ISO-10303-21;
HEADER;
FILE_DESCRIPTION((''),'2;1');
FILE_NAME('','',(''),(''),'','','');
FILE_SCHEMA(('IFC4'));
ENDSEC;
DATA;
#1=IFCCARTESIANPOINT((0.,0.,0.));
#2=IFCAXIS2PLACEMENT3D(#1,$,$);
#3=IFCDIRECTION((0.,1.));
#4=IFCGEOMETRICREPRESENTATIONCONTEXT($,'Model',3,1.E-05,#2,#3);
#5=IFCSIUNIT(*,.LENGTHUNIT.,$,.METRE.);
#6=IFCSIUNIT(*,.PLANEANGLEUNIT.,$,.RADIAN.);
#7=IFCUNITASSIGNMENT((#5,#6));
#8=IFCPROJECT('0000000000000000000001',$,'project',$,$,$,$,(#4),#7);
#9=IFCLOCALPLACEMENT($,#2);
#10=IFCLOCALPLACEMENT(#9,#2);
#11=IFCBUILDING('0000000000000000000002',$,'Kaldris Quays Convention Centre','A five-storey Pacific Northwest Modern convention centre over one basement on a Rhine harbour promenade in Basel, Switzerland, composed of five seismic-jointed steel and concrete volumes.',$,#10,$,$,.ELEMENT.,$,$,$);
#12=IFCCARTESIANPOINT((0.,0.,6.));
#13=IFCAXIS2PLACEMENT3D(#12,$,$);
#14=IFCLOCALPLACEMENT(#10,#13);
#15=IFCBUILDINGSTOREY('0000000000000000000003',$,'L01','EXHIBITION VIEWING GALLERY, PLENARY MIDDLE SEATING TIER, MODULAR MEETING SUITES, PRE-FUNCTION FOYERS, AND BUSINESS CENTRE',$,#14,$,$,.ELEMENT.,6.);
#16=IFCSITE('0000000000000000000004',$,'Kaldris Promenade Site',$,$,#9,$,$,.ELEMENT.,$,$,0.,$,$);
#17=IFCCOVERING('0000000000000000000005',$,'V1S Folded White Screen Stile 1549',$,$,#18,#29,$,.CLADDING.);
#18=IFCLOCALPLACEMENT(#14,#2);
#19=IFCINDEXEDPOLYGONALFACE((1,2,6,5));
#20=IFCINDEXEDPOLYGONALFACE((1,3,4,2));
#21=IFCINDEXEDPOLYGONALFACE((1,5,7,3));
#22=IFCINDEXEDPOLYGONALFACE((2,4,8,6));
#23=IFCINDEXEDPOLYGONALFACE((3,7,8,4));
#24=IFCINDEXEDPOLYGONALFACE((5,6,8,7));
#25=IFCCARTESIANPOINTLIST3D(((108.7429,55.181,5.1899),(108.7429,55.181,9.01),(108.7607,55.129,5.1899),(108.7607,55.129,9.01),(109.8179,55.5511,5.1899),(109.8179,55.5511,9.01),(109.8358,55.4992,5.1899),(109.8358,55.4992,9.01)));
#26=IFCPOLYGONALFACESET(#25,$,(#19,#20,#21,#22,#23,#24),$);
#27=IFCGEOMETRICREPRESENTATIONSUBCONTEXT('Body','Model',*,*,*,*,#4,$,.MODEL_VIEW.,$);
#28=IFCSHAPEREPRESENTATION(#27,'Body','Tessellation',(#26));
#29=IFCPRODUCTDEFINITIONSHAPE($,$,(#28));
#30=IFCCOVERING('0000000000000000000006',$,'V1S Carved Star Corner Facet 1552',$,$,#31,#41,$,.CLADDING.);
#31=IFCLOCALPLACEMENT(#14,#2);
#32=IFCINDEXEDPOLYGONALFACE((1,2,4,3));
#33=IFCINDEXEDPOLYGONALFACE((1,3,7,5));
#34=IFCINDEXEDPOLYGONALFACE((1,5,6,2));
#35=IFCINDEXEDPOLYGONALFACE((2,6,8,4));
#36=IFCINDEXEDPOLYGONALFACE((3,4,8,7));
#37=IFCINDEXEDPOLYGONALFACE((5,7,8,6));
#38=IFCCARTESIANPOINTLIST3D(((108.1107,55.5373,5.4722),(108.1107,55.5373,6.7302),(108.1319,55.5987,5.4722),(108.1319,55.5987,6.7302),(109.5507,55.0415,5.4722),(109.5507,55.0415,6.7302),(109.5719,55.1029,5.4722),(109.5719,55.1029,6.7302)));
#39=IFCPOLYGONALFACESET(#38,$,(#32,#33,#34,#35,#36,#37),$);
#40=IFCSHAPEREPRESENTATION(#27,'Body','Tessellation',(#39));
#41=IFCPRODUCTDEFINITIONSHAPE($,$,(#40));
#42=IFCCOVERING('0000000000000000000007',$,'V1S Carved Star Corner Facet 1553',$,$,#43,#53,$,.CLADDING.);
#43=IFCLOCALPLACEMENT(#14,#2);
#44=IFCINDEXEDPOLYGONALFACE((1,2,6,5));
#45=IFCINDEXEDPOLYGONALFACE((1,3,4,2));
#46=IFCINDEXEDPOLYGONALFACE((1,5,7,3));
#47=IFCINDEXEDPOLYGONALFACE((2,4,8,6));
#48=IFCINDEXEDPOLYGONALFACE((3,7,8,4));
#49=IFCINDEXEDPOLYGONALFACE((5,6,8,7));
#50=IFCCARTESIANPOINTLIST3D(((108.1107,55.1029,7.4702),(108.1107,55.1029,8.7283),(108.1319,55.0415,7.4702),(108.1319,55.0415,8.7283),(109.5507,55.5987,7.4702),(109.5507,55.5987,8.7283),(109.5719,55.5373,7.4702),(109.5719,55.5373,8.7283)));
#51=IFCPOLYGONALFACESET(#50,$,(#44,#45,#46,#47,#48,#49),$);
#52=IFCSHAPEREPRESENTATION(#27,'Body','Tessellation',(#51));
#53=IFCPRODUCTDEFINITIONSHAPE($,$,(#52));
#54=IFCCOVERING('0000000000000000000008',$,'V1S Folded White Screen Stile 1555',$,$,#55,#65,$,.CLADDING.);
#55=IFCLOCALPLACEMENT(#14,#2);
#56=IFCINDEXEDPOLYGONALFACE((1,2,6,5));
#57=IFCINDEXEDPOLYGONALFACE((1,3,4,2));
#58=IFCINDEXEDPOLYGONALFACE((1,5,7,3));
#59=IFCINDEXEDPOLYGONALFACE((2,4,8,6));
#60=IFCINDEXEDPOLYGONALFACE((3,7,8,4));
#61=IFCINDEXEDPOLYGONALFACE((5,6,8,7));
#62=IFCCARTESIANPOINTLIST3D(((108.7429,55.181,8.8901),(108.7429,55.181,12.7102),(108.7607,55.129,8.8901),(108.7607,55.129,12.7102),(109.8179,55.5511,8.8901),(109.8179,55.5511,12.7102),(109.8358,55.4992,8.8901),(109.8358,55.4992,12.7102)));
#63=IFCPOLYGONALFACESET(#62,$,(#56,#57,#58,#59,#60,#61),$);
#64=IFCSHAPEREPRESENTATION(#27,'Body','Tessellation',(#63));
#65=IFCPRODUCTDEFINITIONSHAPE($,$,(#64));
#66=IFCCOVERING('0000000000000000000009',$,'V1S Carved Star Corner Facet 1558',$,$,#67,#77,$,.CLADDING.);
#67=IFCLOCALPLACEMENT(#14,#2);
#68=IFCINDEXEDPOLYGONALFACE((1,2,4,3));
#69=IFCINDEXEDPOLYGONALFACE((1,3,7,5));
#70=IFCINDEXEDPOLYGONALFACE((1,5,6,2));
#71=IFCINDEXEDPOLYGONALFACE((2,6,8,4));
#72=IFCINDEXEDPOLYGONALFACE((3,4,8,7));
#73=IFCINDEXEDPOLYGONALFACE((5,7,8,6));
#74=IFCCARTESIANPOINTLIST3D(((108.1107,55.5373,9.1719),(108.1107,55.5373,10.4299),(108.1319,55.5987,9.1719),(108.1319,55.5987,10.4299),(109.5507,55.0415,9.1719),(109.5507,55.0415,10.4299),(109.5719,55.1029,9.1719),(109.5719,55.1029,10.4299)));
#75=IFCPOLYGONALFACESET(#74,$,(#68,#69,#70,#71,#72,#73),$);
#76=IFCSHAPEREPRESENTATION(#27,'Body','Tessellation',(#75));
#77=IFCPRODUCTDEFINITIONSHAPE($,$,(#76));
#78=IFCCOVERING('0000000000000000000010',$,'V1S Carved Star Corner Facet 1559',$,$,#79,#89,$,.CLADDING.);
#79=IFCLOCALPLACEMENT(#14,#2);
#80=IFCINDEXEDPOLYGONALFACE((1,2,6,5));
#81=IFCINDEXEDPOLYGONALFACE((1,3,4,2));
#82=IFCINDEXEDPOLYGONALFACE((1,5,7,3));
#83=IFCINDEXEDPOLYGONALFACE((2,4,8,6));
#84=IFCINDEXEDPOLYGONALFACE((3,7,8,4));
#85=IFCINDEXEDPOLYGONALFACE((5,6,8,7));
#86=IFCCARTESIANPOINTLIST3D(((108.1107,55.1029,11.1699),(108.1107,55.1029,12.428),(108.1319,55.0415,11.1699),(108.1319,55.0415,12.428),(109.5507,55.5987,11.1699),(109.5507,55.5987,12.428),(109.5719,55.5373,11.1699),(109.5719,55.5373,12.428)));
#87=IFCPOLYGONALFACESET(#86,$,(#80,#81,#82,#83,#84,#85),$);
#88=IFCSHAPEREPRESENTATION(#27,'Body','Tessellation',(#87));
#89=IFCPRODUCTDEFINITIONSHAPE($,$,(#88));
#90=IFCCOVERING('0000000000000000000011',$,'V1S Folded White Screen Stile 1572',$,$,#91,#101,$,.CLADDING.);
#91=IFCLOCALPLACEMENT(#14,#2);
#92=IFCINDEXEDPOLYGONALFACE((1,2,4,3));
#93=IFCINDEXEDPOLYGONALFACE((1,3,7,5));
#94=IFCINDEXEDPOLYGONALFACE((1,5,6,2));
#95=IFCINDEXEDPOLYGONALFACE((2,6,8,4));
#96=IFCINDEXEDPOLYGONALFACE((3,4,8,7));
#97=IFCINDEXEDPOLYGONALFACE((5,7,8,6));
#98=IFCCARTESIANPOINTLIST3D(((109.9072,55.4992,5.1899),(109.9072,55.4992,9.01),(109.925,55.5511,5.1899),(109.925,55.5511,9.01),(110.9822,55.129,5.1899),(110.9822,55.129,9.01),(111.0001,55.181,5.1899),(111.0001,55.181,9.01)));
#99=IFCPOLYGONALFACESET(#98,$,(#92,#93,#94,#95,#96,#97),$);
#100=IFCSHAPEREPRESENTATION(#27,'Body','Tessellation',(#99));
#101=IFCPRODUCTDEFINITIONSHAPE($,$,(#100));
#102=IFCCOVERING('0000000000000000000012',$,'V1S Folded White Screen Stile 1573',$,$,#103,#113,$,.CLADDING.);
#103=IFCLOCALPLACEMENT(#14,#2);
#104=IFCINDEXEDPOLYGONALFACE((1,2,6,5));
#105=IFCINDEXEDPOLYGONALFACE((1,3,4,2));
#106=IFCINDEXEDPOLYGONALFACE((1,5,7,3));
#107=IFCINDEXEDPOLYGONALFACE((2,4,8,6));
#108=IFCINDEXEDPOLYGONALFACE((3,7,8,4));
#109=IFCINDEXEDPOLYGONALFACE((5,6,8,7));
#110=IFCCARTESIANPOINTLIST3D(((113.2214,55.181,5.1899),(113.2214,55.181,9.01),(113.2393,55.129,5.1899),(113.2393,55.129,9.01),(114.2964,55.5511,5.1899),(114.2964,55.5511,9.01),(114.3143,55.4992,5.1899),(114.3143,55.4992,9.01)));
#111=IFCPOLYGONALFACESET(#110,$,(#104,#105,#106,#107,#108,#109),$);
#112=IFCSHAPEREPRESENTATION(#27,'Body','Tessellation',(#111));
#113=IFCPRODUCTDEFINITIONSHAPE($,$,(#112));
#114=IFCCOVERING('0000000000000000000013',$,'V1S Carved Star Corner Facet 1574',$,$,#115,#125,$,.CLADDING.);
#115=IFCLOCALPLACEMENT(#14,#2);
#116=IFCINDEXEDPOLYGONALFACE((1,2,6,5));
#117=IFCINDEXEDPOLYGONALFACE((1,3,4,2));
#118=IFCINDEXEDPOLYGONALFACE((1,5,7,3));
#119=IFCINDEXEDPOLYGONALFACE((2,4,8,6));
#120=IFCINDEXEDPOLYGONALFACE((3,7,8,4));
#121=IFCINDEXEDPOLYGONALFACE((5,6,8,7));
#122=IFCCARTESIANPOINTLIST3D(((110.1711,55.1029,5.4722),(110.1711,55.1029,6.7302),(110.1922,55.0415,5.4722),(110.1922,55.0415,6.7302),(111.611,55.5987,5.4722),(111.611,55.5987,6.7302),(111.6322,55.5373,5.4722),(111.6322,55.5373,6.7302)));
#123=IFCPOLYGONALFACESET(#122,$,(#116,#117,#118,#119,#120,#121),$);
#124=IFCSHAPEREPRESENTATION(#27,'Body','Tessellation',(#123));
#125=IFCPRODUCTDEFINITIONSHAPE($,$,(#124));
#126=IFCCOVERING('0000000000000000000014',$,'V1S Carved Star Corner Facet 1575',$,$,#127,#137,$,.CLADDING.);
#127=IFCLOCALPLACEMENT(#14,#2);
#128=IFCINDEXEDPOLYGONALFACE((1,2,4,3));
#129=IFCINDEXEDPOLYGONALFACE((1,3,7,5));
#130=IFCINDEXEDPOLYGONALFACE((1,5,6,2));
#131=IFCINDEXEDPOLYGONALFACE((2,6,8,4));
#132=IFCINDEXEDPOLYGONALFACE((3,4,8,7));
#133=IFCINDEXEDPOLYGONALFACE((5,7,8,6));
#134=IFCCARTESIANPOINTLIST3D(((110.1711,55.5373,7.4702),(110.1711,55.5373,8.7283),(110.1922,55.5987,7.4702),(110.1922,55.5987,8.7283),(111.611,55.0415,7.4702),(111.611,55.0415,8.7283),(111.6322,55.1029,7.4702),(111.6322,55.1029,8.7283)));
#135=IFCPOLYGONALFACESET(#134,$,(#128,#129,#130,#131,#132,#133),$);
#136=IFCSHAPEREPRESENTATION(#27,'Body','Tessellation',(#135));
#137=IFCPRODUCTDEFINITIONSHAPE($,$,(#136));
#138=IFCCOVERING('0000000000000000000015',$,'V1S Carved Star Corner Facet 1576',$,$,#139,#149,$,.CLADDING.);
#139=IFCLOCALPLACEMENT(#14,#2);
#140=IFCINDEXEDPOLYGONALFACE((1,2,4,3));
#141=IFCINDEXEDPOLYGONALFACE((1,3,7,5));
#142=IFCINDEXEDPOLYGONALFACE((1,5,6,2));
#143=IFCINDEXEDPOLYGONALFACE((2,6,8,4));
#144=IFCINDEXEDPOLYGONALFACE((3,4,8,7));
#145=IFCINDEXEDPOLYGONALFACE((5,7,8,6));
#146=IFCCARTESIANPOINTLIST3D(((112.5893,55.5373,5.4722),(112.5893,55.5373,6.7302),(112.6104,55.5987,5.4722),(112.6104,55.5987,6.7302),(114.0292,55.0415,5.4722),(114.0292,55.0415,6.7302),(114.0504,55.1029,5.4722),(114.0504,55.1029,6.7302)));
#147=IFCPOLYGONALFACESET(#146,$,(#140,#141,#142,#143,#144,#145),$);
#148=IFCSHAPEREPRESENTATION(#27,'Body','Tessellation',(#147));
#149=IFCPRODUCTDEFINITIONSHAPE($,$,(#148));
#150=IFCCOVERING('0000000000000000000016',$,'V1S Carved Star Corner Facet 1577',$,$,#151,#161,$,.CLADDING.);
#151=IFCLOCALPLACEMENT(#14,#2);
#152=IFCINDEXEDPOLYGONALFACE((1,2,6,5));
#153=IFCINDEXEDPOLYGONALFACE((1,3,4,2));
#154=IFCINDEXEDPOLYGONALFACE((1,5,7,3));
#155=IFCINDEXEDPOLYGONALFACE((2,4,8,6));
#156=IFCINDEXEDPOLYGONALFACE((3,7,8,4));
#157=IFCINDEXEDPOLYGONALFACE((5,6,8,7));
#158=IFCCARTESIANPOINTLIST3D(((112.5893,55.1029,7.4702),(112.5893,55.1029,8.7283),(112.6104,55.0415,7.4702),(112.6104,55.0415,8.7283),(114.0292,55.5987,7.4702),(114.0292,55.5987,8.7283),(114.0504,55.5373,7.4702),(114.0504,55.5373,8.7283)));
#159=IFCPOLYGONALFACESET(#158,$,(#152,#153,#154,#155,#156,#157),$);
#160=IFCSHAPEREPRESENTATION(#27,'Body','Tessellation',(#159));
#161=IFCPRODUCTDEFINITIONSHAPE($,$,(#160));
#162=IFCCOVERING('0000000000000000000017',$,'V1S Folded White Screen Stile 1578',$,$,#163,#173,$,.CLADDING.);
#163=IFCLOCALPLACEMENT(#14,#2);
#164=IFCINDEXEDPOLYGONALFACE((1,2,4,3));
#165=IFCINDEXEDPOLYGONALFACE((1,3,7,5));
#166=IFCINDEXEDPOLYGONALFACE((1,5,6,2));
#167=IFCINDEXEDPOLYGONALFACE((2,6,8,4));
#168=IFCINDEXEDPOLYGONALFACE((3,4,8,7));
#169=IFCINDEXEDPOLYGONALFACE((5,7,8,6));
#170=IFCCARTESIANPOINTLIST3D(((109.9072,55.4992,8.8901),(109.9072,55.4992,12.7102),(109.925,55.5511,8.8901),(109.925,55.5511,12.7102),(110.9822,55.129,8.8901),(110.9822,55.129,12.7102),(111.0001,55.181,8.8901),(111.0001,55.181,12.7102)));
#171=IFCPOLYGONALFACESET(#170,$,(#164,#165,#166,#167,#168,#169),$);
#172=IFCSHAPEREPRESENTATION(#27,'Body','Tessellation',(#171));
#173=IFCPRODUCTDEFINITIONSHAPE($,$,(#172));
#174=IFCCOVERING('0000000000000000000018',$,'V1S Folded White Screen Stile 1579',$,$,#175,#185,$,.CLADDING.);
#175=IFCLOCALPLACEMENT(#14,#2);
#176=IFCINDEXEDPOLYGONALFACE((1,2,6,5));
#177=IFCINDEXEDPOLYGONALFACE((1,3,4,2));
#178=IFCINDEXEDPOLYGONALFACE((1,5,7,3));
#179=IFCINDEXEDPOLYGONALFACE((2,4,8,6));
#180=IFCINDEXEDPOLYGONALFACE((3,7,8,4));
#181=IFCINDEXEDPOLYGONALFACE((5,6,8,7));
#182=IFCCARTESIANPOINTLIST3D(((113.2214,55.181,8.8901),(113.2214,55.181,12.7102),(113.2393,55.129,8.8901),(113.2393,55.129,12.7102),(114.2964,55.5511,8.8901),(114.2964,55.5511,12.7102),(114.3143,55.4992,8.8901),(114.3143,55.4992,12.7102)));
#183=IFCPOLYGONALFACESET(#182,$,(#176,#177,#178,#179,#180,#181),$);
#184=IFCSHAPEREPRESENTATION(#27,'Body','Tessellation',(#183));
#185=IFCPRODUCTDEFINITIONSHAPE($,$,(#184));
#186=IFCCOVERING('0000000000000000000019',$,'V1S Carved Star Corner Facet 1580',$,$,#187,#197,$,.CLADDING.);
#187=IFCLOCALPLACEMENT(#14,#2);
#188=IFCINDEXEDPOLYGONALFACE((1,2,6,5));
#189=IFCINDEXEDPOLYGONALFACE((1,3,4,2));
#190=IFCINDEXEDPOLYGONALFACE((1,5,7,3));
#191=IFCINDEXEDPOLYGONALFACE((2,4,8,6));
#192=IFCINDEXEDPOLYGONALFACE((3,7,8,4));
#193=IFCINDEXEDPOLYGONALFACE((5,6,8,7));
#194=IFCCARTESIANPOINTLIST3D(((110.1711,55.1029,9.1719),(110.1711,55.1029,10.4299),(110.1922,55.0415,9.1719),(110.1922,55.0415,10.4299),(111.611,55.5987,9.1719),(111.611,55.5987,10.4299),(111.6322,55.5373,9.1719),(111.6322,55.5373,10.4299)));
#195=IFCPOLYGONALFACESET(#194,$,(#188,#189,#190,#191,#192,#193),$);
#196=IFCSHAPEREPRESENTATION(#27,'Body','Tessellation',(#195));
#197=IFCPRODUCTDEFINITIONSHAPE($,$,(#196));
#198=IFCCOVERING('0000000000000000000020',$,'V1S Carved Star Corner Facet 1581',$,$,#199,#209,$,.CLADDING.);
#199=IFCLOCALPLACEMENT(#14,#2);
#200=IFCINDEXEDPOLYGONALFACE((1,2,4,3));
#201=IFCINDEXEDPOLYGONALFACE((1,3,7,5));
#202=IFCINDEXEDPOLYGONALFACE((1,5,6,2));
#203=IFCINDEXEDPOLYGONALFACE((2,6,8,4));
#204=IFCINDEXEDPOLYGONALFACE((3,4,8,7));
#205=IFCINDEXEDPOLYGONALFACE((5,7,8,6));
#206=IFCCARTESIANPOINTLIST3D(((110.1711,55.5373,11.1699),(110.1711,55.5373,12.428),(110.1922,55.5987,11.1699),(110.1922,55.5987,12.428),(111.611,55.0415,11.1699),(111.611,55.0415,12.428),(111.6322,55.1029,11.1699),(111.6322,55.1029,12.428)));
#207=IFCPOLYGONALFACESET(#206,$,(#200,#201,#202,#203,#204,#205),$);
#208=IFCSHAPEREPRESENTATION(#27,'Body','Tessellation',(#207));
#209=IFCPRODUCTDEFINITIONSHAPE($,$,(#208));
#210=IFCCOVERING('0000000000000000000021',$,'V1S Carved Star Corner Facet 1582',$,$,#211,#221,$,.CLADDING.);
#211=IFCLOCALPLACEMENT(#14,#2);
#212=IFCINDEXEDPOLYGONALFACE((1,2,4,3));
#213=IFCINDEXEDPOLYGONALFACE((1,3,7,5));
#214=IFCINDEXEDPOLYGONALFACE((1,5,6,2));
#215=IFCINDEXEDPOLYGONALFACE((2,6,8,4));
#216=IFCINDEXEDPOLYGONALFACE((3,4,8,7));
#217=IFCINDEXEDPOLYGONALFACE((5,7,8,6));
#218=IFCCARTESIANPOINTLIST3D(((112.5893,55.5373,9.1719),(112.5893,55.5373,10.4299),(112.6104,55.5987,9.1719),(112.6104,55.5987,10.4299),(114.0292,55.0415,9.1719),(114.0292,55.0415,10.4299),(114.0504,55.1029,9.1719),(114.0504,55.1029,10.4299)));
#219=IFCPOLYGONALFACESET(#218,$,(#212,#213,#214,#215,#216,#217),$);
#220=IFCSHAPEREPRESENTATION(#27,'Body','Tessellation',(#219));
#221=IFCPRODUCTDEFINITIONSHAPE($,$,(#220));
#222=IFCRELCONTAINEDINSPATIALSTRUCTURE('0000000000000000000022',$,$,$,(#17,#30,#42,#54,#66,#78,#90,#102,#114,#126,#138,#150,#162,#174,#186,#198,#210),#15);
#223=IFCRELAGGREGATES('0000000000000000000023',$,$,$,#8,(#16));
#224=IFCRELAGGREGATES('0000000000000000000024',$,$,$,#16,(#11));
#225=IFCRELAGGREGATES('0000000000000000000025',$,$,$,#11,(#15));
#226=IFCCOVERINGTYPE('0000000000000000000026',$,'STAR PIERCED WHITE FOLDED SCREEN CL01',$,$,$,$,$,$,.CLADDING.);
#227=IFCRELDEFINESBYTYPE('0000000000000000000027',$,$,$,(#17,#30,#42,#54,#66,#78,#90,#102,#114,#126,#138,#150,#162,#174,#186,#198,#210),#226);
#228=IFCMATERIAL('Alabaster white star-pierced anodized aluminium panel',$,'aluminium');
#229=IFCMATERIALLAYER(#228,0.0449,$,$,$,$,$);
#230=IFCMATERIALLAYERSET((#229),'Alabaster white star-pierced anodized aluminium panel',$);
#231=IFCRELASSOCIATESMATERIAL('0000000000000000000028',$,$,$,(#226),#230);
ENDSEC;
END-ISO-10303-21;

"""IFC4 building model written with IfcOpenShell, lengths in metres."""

from ifc_helpers import new_model, si_unit, direction, frame, origin, origin_2d, place, context, subcontext, project, spatial, rectangle, extrude, material, layer, layer_set, type_object, element, save


model = new_model("IFC4")

# Units and contexts
model_context = context("Model", 3, precision=1e-05, world=origin(), true_north=direction((0.0, 1.0)))
body_context = subcontext(model_context, "Body", "Model", "MODEL_VIEW")
ifc_project = project(units=[si_unit("LENGTHUNIT", "METRE"), si_unit("PLANEANGLEUNIT", "RADIAN")], contexts=[model_context])

# Site, building, storey
site_placement = place(None, origin())
site = spatial("IfcSite", under=ifc_project, at=site_placement, Name="Kaldris Promenade Site", CompositionType="ELEMENT", RefElevation=0.0)
building_placement = place(site_placement, origin())
building = spatial("IfcBuilding", under=site, at=building_placement, Name="Kaldris Quays Convention Centre", Description="A five-storey Pacific Northwest Modern convention centre over one basement on a Rhine harbour promenade in Basel, Switzerland, composed of five seismic-jointed steel and concrete volumes.", CompositionType="ELEMENT")
storey_placement = place(building_placement, frame((0.0, 0.0, 6.0)))
storey = spatial("IfcBuildingStorey", under=building, at=storey_placement, Name="L01", Description="EXHIBITION VIEWING GALLERY, PLENARY MIDDLE SEATING TIER, MODULAR MEETING SUITES, PRE-FUNCTION FOYERS, AND BUSINESS CENTRE", CompositionType="ELEMENT", Elevation=6.0)

# Coverings
ifc_material_1 = material(Name="Alabaster white star-pierced anodized aluminium panel", Category="aluminium")
ifc_layer = layer(ifc_material_1, 0.0449)
ifc_layer_set = layer_set([ifc_layer], Name="Alabaster white star-pierced anodized aluminium panel")
covering_type = type_object("IfcCoveringType", Name="STAR PIERCED WHITE FOLDED SCREEN CL01", PredefinedType="CLADDING", material=ifc_layer_set)
covering_1_placement = place(storey_placement, frame((109.2893, 55.3401, 5.1899), z_axis=(0.0, 0.0, 1.0), x_axis=(0.945519, 0.325568, 0.0)))
element("IfcCovering", 1, at=covering_1_placement, inside=storey, type_object=covering_type, Name="V1S Folded White Screen Stile 1549", PredefinedType="CLADDING", context=body_context, shape_type="SweptSolid", body=[
    extrude(rectangle(XDim=1.137, YDim=0.0549, at=origin_2d()), origin(), (0.0, 0.0, 1.0), 3.8201),
])
for number, where, z_axis, x_axis, name in (
    (2, (108.8413, 55.3201, 5.4722), (0.0, 0.0, 1.0), (0.945519, -0.325568, 0.0), "V1S Carved Star Corner Facet 1552"),
    (3, (108.8413, 55.3201, 7.4702), (0.0, 0.0, 1.0), (0.945519, 0.325568, 0.0), "V1S Carved Star Corner Facet 1553"),
):
    element("IfcCovering", number, at=place(storey_placement, frame(where, z_axis=z_axis, x_axis=x_axis)), inside=storey, type_object=covering_type, Name=name, PredefinedType="CLADDING", context=body_context, shape_type="SweptSolid", body=[
        extrude(rectangle(XDim=1.5229, YDim=0.0649, at=origin_2d()), origin(), (0.0, 0.0, 1.0), 1.2581),
    ])
covering_2_placement = place(storey_placement, frame((109.2893, 55.3401, 8.8901), z_axis=(0.0, 0.0, 1.0), x_axis=(0.945519, 0.325568, 0.0)))
element("IfcCovering", 4, at=covering_2_placement, inside=storey, type_object=covering_type, Name="V1S Folded White Screen Stile 1555", PredefinedType="CLADDING", context=body_context, shape_type="SweptSolid", body=[
    extrude(rectangle(XDim=1.137, YDim=0.0549, at=origin_2d()), origin(), (0.0, 0.0, 1.0), 3.8201),
])
for number, where, z_axis, x_axis, name in (
    (5, (108.8413, 55.3201, 9.1719), (0.0, 0.0, 1.0), (0.945519, -0.325568, 0.0), "V1S Carved Star Corner Facet 1558"),
    (6, (108.8413, 55.3201, 11.1699), (0.0, 0.0, 1.0), (0.945519, 0.325568, 0.0), "V1S Carved Star Corner Facet 1559"),
):
    element("IfcCovering", number, at=place(storey_placement, frame(where, z_axis=z_axis, x_axis=x_axis)), inside=storey, type_object=covering_type, Name=name, PredefinedType="CLADDING", context=body_context, shape_type="SweptSolid", body=[
        extrude(rectangle(XDim=1.5229, YDim=0.0649, at=origin_2d()), origin(), (0.0, 0.0, 1.0), 1.2581),
    ])
for number, where, z_axis, x_axis, name in (
    (7, (110.4536, 55.3401, 5.1899), (0.0, 0.0, 1.0), (0.945519, -0.325568, 0.0), "V1S Folded White Screen Stile 1572"),
    (8, (113.7678, 55.3401, 5.1899), (0.0, 0.0, 1.0), (0.945519, 0.325568, 0.0), "V1S Folded White Screen Stile 1573"),
):
    element("IfcCovering", number, at=place(storey_placement, frame(where, z_axis=z_axis, x_axis=x_axis)), inside=storey, type_object=covering_type, Name=name, PredefinedType="CLADDING", context=body_context, shape_type="SweptSolid", body=[
        extrude(rectangle(XDim=1.137, YDim=0.0549, at=origin_2d()), origin(), (0.0, 0.0, 1.0), 3.8201),
    ])
for number, where, z_axis, x_axis, name in (
    (9, (110.9016, 55.3201, 5.4722), (0.0, 0.0, 1.0), (0.945519, 0.325568, 0.0), "V1S Carved Star Corner Facet 1574"),
    (10, (110.9016, 55.3201, 7.4702), (0.0, 0.0, 1.0), (0.945519, -0.325568, 0.0), "V1S Carved Star Corner Facet 1575"),
    (11, (113.3198, 55.3201, 5.4722), (0.0, 0.0, 1.0), (0.945519, -0.325568, 0.0), "V1S Carved Star Corner Facet 1576"),
    (12, (113.3198, 55.3201, 7.4702), (0.0, 0.0, 1.0), (0.945519, 0.325568, 0.0), "V1S Carved Star Corner Facet 1577"),
):
    element("IfcCovering", number, at=place(storey_placement, frame(where, z_axis=z_axis, x_axis=x_axis)), inside=storey, type_object=covering_type, Name=name, PredefinedType="CLADDING", context=body_context, shape_type="SweptSolid", body=[
        extrude(rectangle(XDim=1.5229, YDim=0.0649, at=origin_2d()), origin(), (0.0, 0.0, 1.0), 1.2581),
    ])
for number, where, z_axis, x_axis, name in (
    (13, (110.4536, 55.3401, 8.8901), (0.0, 0.0, 1.0), (0.945519, -0.325568, 0.0), "V1S Folded White Screen Stile 1578"),
    (14, (113.7678, 55.3401, 8.8901), (0.0, 0.0, 1.0), (0.945519, 0.325568, 0.0), "V1S Folded White Screen Stile 1579"),
):
    element("IfcCovering", number, at=place(storey_placement, frame(where, z_axis=z_axis, x_axis=x_axis)), inside=storey, type_object=covering_type, Name=name, PredefinedType="CLADDING", context=body_context, shape_type="SweptSolid", body=[
        extrude(rectangle(XDim=1.137, YDim=0.0549, at=origin_2d()), origin(), (0.0, 0.0, 1.0), 3.8201),
    ])
for number, where, z_axis, x_axis, name in (
    (15, (110.9016, 55.3201, 9.1719), (0.0, 0.0, 1.0), (0.945519, 0.325568, 0.0), "V1S Carved Star Corner Facet 1580"),
    (16, (110.9016, 55.3201, 11.1699), (0.0, 0.0, 1.0), (0.945519, -0.325568, 0.0), "V1S Carved Star Corner Facet 1581"),
    (17, (113.3198, 55.3201, 9.1719), (0.0, 0.0, 1.0), (0.945519, -0.325568, 0.0), "V1S Carved Star Corner Facet 1582"),
):
    element("IfcCovering", number, at=place(storey_placement, frame(where, z_axis=z_axis, x_axis=x_axis)), inside=storey, type_object=covering_type, Name=name, PredefinedType="CLADDING", context=body_context, shape_type="SweptSolid", body=[
        extrude(rectangle(XDim=1.5229, YDim=0.0649, at=origin_2d()), origin(), (0.0, 0.0, 1.0), 1.2581),
    ])

save(model, "model.ifc")
